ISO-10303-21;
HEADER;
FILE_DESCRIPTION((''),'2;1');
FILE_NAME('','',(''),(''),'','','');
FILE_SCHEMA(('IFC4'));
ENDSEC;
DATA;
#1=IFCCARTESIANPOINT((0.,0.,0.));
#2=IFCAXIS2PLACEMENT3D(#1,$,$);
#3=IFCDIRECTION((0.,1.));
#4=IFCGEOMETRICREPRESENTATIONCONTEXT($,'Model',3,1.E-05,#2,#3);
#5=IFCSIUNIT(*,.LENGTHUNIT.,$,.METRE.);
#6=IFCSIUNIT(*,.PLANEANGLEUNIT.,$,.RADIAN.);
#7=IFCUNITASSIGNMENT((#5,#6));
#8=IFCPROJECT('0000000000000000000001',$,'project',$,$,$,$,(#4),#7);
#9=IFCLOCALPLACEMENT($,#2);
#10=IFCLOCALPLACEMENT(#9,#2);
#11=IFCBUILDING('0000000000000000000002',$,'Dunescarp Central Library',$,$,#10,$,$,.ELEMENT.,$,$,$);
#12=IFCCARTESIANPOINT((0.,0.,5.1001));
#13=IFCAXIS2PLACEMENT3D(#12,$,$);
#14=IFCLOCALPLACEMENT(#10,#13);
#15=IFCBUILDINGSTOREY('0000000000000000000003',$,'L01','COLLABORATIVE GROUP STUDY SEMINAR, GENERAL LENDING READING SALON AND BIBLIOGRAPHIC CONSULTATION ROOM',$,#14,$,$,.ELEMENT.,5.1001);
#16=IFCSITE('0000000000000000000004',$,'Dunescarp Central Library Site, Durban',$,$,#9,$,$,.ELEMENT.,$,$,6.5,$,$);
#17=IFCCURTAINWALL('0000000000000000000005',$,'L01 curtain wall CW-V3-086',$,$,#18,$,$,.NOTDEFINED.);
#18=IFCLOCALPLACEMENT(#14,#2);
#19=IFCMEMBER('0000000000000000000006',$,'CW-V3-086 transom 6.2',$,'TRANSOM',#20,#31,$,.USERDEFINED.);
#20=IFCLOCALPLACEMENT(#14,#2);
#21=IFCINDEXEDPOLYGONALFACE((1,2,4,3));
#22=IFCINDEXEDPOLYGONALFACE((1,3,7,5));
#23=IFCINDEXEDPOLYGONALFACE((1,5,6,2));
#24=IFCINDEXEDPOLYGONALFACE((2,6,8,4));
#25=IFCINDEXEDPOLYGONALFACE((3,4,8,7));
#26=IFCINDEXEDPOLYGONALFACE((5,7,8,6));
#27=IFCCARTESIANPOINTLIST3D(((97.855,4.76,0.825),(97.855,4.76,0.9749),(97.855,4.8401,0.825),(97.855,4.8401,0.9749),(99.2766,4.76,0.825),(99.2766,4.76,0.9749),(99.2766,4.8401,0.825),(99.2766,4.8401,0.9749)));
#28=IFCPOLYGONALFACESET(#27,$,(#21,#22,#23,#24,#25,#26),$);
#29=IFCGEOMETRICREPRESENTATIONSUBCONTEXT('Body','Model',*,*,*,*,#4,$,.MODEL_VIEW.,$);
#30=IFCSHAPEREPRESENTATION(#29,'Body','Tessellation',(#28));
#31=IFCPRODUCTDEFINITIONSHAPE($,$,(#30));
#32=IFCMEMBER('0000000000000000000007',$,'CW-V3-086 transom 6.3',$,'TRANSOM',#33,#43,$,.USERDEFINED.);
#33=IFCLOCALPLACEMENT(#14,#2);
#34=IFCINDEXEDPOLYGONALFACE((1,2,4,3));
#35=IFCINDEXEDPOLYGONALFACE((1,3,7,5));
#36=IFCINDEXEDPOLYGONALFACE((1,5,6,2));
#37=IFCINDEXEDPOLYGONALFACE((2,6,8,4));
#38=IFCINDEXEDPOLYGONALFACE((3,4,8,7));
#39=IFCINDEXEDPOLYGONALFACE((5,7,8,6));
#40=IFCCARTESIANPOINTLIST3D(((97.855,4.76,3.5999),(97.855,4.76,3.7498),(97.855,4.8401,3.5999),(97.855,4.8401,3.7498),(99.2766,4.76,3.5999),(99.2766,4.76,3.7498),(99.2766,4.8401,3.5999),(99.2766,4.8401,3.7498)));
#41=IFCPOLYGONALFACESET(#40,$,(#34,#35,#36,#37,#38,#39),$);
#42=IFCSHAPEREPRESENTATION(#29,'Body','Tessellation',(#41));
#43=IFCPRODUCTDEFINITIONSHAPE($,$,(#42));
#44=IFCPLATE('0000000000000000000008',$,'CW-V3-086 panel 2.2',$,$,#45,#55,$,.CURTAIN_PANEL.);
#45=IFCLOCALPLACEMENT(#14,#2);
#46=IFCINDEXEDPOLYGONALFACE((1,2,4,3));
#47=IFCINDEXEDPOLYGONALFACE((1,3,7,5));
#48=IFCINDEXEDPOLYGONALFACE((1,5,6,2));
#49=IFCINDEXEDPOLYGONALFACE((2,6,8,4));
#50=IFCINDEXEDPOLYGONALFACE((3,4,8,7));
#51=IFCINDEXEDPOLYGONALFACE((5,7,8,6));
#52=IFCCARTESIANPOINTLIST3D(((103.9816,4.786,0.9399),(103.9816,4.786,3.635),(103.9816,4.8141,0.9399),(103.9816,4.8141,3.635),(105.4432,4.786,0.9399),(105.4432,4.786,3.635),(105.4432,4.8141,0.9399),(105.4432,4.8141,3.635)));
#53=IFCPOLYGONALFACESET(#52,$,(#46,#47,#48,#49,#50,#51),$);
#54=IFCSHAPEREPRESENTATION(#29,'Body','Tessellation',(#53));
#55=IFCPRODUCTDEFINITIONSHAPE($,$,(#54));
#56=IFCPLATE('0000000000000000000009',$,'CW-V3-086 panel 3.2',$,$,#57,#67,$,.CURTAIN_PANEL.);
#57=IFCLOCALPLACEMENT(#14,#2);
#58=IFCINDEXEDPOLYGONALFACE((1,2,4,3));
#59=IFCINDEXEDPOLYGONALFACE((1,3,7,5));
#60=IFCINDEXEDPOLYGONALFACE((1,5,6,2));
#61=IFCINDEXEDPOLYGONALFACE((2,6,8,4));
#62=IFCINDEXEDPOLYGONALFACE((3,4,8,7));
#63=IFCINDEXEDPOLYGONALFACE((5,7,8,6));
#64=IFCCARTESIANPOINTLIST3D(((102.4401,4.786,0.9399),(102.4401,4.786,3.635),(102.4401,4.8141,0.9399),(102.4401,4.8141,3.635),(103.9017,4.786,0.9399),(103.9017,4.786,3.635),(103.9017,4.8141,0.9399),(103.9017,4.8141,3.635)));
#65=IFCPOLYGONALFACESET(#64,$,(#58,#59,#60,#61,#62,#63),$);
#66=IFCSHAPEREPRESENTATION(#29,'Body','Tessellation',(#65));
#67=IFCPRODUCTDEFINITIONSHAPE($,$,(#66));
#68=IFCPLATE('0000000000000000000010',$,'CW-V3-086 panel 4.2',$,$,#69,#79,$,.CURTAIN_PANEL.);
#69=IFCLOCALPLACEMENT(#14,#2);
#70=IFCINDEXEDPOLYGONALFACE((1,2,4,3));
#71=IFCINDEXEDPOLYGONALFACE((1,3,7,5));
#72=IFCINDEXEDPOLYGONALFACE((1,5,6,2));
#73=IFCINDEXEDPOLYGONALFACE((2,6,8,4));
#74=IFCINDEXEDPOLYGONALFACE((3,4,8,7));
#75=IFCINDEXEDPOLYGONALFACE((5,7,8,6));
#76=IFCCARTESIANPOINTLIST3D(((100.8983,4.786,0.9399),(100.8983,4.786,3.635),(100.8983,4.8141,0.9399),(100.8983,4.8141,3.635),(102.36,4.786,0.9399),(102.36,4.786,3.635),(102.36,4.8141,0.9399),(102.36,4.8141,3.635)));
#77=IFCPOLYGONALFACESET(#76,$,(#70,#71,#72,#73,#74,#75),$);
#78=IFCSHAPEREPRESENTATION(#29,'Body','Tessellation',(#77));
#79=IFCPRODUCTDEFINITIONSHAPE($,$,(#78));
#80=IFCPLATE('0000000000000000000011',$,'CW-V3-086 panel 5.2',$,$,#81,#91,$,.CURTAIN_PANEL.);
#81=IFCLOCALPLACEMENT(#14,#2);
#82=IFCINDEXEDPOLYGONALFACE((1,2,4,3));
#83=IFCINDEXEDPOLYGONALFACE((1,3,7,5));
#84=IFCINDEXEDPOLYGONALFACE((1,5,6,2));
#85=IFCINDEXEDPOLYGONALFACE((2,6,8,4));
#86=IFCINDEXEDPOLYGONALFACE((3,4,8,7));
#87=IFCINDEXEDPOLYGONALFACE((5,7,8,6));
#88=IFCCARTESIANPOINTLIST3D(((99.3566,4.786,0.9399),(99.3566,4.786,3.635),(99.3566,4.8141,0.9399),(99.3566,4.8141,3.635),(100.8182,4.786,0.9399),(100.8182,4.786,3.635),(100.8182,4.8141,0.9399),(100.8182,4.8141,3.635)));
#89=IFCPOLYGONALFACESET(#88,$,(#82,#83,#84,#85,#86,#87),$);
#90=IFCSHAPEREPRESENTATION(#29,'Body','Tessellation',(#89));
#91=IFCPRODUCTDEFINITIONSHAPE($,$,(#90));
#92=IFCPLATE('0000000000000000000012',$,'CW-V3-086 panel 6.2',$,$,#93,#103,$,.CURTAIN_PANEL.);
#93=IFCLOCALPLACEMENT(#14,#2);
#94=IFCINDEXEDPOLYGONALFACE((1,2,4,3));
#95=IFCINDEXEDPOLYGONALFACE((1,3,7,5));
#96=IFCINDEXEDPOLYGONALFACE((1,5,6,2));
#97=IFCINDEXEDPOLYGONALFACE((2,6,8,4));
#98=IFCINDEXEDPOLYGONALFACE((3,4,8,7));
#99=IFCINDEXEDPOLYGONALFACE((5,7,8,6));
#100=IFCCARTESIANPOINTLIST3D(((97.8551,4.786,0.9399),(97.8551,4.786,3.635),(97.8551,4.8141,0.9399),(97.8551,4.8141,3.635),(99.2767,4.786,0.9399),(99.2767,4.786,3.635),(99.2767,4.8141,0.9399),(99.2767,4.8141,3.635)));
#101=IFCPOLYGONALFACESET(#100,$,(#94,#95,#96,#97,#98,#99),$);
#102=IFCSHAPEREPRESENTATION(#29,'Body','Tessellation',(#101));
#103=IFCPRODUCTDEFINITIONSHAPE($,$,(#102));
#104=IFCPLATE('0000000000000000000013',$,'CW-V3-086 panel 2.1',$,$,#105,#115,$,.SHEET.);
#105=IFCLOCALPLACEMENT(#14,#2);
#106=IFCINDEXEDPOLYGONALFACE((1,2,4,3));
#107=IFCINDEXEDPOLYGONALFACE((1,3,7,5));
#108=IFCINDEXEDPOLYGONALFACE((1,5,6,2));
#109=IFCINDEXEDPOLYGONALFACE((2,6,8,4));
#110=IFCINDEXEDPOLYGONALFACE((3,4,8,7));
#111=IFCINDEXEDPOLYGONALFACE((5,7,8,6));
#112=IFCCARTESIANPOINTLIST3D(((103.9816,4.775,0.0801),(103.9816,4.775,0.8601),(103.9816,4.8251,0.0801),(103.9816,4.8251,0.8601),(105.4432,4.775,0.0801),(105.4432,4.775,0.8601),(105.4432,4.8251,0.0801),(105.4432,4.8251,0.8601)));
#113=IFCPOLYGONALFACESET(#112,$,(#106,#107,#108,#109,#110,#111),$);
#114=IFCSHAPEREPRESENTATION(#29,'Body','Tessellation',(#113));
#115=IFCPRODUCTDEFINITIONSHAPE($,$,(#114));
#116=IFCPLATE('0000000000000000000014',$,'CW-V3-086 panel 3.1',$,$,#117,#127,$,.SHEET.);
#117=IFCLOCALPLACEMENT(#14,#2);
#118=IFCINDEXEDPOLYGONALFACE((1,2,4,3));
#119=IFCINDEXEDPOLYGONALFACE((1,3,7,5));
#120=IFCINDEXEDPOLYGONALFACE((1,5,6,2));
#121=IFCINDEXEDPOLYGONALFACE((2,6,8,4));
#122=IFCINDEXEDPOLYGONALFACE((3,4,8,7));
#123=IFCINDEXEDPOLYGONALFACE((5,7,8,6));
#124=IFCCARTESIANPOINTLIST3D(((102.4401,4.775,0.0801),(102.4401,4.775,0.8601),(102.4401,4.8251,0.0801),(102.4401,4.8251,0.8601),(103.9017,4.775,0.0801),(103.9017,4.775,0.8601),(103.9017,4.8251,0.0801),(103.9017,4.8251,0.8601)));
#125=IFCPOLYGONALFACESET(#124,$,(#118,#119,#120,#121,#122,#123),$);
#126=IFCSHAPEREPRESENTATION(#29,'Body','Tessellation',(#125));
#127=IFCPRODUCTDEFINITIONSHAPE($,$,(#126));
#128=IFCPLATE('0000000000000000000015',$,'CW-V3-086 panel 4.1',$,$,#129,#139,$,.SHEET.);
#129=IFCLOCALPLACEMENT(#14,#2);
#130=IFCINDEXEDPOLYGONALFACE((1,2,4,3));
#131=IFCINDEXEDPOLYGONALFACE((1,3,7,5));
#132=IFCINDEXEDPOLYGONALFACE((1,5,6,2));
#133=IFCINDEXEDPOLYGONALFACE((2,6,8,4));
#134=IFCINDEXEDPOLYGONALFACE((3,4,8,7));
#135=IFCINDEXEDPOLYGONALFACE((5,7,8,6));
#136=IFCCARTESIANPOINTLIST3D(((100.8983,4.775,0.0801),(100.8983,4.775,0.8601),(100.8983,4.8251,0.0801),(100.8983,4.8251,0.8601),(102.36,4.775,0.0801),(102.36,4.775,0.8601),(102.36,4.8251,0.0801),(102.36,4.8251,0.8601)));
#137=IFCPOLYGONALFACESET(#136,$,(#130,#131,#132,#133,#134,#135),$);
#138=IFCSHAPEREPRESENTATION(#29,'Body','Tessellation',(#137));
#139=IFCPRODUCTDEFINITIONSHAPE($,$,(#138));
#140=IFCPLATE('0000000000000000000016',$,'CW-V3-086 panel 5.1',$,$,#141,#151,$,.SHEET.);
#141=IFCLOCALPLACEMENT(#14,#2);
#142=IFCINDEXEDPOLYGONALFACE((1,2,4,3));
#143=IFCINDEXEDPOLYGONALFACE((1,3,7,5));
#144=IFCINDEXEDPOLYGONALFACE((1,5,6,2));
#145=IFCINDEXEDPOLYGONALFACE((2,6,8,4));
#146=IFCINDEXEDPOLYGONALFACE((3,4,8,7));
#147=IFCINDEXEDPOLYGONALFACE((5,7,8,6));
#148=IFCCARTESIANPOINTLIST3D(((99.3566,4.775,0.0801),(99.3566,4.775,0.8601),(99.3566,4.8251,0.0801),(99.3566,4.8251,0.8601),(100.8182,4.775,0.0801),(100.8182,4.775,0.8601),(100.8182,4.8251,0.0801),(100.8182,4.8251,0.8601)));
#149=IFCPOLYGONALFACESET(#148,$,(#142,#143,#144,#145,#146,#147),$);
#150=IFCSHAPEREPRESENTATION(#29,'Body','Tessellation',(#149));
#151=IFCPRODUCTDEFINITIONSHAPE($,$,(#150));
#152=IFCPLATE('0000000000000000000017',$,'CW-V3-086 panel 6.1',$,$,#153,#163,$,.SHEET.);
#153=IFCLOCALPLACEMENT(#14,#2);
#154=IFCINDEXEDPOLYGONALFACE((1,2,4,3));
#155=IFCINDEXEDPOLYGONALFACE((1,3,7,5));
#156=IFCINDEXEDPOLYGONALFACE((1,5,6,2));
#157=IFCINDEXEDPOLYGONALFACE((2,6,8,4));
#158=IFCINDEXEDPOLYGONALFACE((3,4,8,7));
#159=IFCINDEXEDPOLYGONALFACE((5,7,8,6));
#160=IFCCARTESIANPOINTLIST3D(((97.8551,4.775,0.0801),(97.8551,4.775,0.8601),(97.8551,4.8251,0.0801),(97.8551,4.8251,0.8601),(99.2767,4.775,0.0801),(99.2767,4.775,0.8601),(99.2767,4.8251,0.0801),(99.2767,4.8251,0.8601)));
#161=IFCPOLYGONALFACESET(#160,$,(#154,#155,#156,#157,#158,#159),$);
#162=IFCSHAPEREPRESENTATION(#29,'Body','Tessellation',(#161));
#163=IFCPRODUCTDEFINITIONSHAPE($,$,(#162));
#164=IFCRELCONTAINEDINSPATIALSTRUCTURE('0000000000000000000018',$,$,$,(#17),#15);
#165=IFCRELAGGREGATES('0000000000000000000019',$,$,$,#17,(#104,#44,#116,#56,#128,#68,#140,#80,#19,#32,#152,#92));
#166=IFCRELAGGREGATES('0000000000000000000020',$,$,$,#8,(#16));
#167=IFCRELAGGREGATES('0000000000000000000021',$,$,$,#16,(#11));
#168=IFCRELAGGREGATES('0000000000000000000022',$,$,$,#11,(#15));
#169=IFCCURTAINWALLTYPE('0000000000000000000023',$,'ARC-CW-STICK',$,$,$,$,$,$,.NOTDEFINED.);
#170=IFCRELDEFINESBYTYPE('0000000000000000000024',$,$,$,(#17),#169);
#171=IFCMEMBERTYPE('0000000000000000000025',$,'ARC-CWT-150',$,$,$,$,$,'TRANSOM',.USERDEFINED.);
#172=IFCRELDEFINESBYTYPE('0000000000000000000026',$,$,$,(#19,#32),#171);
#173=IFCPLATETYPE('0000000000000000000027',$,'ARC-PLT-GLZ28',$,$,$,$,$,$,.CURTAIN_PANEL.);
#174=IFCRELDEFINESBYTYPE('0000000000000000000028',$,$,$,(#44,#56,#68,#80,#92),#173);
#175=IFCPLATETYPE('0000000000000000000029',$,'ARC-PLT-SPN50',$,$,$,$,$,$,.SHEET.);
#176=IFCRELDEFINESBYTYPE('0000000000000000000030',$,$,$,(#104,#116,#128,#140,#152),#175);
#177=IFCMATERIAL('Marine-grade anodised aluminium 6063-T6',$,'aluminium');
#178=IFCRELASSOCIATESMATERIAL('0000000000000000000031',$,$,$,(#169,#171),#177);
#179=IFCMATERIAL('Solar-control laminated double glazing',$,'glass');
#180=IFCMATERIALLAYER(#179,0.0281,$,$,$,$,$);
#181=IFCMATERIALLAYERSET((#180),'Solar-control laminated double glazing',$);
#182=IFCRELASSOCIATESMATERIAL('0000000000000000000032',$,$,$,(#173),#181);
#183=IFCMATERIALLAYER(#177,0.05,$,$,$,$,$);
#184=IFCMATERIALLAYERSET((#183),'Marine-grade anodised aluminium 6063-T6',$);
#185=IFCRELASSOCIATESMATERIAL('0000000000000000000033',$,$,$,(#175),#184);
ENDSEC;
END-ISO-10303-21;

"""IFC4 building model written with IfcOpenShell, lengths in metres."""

from ifc_helpers import new_model, si_unit, direction, frame, origin, origin_2d, place, context, subcontext, project, spatial, rectangle, extrude, material, layer, layer_set, material_profile, profile_set, type_object, element, aggregate, save


model = new_model("IFC4")

# Units and contexts
model_context = context("Model", 3, precision=1e-05, world=origin(), true_north=direction((0.0, 1.0)))
body_context = subcontext(model_context, "Body", "Model", "MODEL_VIEW")
ifc_project = project(units=[si_unit("LENGTHUNIT", "METRE"), si_unit("PLANEANGLEUNIT", "RADIAN")], contexts=[model_context])

# Site, building, storey
site_placement = place(None, origin())
site = spatial("IfcSite", under=ifc_project, at=site_placement, Name="Dunescarp Central Library Site, Durban", CompositionType="ELEMENT", RefElevation=6.5)
building_placement = place(site_placement, origin())
building = spatial("IfcBuilding", under=site, at=building_placement, Name="Dunescarp Central Library", CompositionType="ELEMENT")
storey_placement = place(building_placement, frame((0.0, 0.0, 5.1001)))
storey = spatial("IfcBuildingStorey", under=building, at=storey_placement, Name="L01", Description="COLLABORATIVE GROUP STUDY SEMINAR, GENERAL LENDING READING SALON AND BIBLIOGRAPHIC CONSULTATION ROOM", CompositionType="ELEMENT", Elevation=5.1001)

# Curtain wall, members, plates
ifc_material_1 = material(Name="Marine-grade anodised aluminium 6063-T6", Category="aluminium")
curtain_wall_type = type_object("IfcCurtainWallType", Name="ARC-CW-STICK", PredefinedType="NOTDEFINED", material=ifc_material_1)
curtain_wall_placement = place(storey_placement, origin())
curtain_wall = element("IfcCurtainWall", 1, at=curtain_wall_placement, inside=storey, type_object=curtain_wall_type, Name="L01 curtain wall CW-V3-086", PredefinedType="NOTDEFINED")
ifc_material_profile_1 = material_profile(ifc_material_1, rectangle(XDim=0.0801, YDim=0.1499, at=origin_2d()), Name="AL 80x150")
ifc_profile_set_1 = profile_set([ifc_material_profile_1], Name="Marine-grade anodised aluminium 6063-T6")
member_type_1 = type_object("IfcMemberType", Name="ARC-CWT-150", ElementType="TRANSOM", PredefinedType="USERDEFINED", material=ifc_profile_set_1)
member_1_placement = place(storey_placement, frame((99.2766, 4.8, 0.8999), z_axis=(-1.0, 0.0, 0.0), x_axis=(0.0, -1.0, 0.0)))
member_1 = element("IfcMember", 2, at=member_1_placement, type_object=member_type_1, Name="CW-V3-086 transom 6.2", ObjectType="TRANSOM", PredefinedType="USERDEFINED", context=body_context, shape_type="SweptSolid", body=[
    extrude(rectangle(XDim=0.0801, YDim=0.1499, at=origin_2d()), origin(), (0.0, 0.0, 1.0), 1.4216),
])
member_2_placement = place(storey_placement, frame((99.2766, 4.8, 3.6748), z_axis=(-1.0, 0.0, 0.0), x_axis=(0.0, -1.0, 0.0)))
member_2 = element("IfcMember", 3, at=member_2_placement, type_object=member_type_1, Name="CW-V3-086 transom 6.3", ObjectType="TRANSOM", PredefinedType="USERDEFINED", context=body_context, shape_type="SweptSolid", body=[
    extrude(rectangle(XDim=0.0801, YDim=0.1499, at=origin_2d()), origin(), (0.0, 0.0, 1.0), 1.4216),
])
ifc_material_2 = material(Name="Solar-control laminated double glazing", Category="glass")
ifc_layer_1 = layer(ifc_material_2, 0.0281)
ifc_layer_set_1 = layer_set([ifc_layer_1], Name="Solar-control laminated double glazing")
plate_type_1 = type_object("IfcPlateType", Name="ARC-PLT-GLZ28", PredefinedType="CURTAIN_PANEL", material=ifc_layer_set_1)
plate_1_placement = place(storey_placement, frame((104.7124, 4.8, 0.9399), z_axis=(0.0, 0.0, 1.0), x_axis=(-1.0, 0.0, 0.0)))
plate_1 = element("IfcPlate", 4, at=plate_1_placement, type_object=plate_type_1, Name="CW-V3-086 panel 2.2", PredefinedType="CURTAIN_PANEL", context=body_context, shape_type="SweptSolid", body=[
    extrude(rectangle(XDim=1.4617, YDim=0.0281, at=origin_2d()), origin(), (0.0, 0.0, 1.0), 2.6951),
])
plate_2_placement = place(storey_placement, frame((103.1709, 4.8, 0.9399), z_axis=(0.0, 0.0, 1.0), x_axis=(-1.0, 0.0, 0.0)))
plate_2 = element("IfcPlate", 5, at=plate_2_placement, type_object=plate_type_1, Name="CW-V3-086 panel 3.2", PredefinedType="CURTAIN_PANEL", context=body_context, shape_type="SweptSolid", body=[
    extrude(rectangle(XDim=1.4617, YDim=0.0281, at=origin_2d()), origin(), (0.0, 0.0, 1.0), 2.6951),
])
plate_3_placement = place(storey_placement, frame((101.6292, 4.8, 0.9399), z_axis=(0.0, 0.0, 1.0), x_axis=(-1.0, 0.0, 0.0)))
plate_3 = element("IfcPlate", 6, at=plate_3_placement, type_object=plate_type_1, Name="CW-V3-086 panel 4.2", PredefinedType="CURTAIN_PANEL", context=body_context, shape_type="SweptSolid", body=[
    extrude(rectangle(XDim=1.4617, YDim=0.0281, at=origin_2d()), origin(), (0.0, 0.0, 1.0), 2.6951),
])
plate_4_placement = place(storey_placement, frame((100.0874, 4.8, 0.9399), z_axis=(0.0, 0.0, 1.0), x_axis=(-1.0, 0.0, 0.0)))
plate_4 = element("IfcPlate", 7, at=plate_4_placement, type_object=plate_type_1, Name="CW-V3-086 panel 5.2", PredefinedType="CURTAIN_PANEL", context=body_context, shape_type="SweptSolid", body=[
    extrude(rectangle(XDim=1.4617, YDim=0.0281, at=origin_2d()), origin(), (0.0, 0.0, 1.0), 2.6951),
])
plate_5_placement = place(storey_placement, frame((98.5659, 4.8, 0.9399), z_axis=(0.0, 0.0, 1.0), x_axis=(-1.0, 0.0, 0.0)))
plate_5 = element("IfcPlate", 8, at=plate_5_placement, type_object=plate_type_1, Name="CW-V3-086 panel 6.2", PredefinedType="CURTAIN_PANEL", context=body_context, shape_type="SweptSolid", body=[
    extrude(rectangle(XDim=1.4216, YDim=0.0281, at=origin_2d()), origin(), (0.0, 0.0, 1.0), 2.6951),
])
ifc_layer_2 = layer(ifc_material_1, 0.05)
ifc_layer_set_2 = layer_set([ifc_layer_2], Name="Marine-grade anodised aluminium 6063-T6")
plate_type_2 = type_object("IfcPlateType", Name="ARC-PLT-SPN50", PredefinedType="SHEET", material=ifc_layer_set_2)
plate_6_placement = place(storey_placement, frame((104.7124, 4.8, 0.0801), z_axis=(0.0, 0.0, 1.0), x_axis=(-1.0, 0.0, 0.0)))
plate_6 = element("IfcPlate", 9, at=plate_6_placement, type_object=plate_type_2, Name="CW-V3-086 panel 2.1", PredefinedType="SHEET", context=body_context, shape_type="SweptSolid", body=[
    extrude(rectangle(XDim=1.4617, YDim=0.05, at=origin_2d()), origin(), (0.0, 0.0, 1.0), 0.78),
])
plate_7_placement = place(storey_placement, frame((103.1709, 4.8, 0.0801), z_axis=(0.0, 0.0, 1.0), x_axis=(-1.0, 0.0, 0.0)))
plate_7 = element("IfcPlate", 10, at=plate_7_placement, type_object=plate_type_2, Name="CW-V3-086 panel 3.1", PredefinedType="SHEET", context=body_context, shape_type="SweptSolid", body=[
    extrude(rectangle(XDim=1.4617, YDim=0.05, at=origin_2d()), origin(), (0.0, 0.0, 1.0), 0.78),
])
plate_8_placement = place(storey_placement, frame((101.6292, 4.8, 0.0801), z_axis=(0.0, 0.0, 1.0), x_axis=(-1.0, 0.0, 0.0)))
plate_8 = element("IfcPlate", 11, at=plate_8_placement, type_object=plate_type_2, Name="CW-V3-086 panel 4.1", PredefinedType="SHEET", context=body_context, shape_type="SweptSolid", body=[
    extrude(rectangle(XDim=1.4617, YDim=0.05, at=origin_2d()), origin(), (0.0, 0.0, 1.0), 0.78),
])
plate_9_placement = place(storey_placement, frame((100.0874, 4.8, 0.0801), z_axis=(0.0, 0.0, 1.0), x_axis=(-1.0, 0.0, 0.0)))
plate_9 = element("IfcPlate", 12, at=plate_9_placement, type_object=plate_type_2, Name="CW-V3-086 panel 5.1", PredefinedType="SHEET", context=body_context, shape_type="SweptSolid", body=[
    extrude(rectangle(XDim=1.4617, YDim=0.05, at=origin_2d()), origin(), (0.0, 0.0, 1.0), 0.78),
])
plate_10_placement = place(storey_placement, frame((98.5659, 4.8, 0.0801), z_axis=(0.0, 0.0, 1.0), x_axis=(-1.0, 0.0, 0.0)))
plate_10 = element("IfcPlate", 13, at=plate_10_placement, type_object=plate_type_2, Name="CW-V3-086 panel 6.1", PredefinedType="SHEET", context=body_context, shape_type="SweptSolid", body=[
    extrude(rectangle(XDim=1.4216, YDim=0.05, at=origin_2d()), origin(), (0.0, 0.0, 1.0), 0.78),
])
aggregate(curtain_wall, [plate_6, plate_1, plate_7, plate_2, plate_8, plate_3, plate_9, plate_4, member_1, member_2, plate_10, plate_5])

save(model, "model.ifc")
